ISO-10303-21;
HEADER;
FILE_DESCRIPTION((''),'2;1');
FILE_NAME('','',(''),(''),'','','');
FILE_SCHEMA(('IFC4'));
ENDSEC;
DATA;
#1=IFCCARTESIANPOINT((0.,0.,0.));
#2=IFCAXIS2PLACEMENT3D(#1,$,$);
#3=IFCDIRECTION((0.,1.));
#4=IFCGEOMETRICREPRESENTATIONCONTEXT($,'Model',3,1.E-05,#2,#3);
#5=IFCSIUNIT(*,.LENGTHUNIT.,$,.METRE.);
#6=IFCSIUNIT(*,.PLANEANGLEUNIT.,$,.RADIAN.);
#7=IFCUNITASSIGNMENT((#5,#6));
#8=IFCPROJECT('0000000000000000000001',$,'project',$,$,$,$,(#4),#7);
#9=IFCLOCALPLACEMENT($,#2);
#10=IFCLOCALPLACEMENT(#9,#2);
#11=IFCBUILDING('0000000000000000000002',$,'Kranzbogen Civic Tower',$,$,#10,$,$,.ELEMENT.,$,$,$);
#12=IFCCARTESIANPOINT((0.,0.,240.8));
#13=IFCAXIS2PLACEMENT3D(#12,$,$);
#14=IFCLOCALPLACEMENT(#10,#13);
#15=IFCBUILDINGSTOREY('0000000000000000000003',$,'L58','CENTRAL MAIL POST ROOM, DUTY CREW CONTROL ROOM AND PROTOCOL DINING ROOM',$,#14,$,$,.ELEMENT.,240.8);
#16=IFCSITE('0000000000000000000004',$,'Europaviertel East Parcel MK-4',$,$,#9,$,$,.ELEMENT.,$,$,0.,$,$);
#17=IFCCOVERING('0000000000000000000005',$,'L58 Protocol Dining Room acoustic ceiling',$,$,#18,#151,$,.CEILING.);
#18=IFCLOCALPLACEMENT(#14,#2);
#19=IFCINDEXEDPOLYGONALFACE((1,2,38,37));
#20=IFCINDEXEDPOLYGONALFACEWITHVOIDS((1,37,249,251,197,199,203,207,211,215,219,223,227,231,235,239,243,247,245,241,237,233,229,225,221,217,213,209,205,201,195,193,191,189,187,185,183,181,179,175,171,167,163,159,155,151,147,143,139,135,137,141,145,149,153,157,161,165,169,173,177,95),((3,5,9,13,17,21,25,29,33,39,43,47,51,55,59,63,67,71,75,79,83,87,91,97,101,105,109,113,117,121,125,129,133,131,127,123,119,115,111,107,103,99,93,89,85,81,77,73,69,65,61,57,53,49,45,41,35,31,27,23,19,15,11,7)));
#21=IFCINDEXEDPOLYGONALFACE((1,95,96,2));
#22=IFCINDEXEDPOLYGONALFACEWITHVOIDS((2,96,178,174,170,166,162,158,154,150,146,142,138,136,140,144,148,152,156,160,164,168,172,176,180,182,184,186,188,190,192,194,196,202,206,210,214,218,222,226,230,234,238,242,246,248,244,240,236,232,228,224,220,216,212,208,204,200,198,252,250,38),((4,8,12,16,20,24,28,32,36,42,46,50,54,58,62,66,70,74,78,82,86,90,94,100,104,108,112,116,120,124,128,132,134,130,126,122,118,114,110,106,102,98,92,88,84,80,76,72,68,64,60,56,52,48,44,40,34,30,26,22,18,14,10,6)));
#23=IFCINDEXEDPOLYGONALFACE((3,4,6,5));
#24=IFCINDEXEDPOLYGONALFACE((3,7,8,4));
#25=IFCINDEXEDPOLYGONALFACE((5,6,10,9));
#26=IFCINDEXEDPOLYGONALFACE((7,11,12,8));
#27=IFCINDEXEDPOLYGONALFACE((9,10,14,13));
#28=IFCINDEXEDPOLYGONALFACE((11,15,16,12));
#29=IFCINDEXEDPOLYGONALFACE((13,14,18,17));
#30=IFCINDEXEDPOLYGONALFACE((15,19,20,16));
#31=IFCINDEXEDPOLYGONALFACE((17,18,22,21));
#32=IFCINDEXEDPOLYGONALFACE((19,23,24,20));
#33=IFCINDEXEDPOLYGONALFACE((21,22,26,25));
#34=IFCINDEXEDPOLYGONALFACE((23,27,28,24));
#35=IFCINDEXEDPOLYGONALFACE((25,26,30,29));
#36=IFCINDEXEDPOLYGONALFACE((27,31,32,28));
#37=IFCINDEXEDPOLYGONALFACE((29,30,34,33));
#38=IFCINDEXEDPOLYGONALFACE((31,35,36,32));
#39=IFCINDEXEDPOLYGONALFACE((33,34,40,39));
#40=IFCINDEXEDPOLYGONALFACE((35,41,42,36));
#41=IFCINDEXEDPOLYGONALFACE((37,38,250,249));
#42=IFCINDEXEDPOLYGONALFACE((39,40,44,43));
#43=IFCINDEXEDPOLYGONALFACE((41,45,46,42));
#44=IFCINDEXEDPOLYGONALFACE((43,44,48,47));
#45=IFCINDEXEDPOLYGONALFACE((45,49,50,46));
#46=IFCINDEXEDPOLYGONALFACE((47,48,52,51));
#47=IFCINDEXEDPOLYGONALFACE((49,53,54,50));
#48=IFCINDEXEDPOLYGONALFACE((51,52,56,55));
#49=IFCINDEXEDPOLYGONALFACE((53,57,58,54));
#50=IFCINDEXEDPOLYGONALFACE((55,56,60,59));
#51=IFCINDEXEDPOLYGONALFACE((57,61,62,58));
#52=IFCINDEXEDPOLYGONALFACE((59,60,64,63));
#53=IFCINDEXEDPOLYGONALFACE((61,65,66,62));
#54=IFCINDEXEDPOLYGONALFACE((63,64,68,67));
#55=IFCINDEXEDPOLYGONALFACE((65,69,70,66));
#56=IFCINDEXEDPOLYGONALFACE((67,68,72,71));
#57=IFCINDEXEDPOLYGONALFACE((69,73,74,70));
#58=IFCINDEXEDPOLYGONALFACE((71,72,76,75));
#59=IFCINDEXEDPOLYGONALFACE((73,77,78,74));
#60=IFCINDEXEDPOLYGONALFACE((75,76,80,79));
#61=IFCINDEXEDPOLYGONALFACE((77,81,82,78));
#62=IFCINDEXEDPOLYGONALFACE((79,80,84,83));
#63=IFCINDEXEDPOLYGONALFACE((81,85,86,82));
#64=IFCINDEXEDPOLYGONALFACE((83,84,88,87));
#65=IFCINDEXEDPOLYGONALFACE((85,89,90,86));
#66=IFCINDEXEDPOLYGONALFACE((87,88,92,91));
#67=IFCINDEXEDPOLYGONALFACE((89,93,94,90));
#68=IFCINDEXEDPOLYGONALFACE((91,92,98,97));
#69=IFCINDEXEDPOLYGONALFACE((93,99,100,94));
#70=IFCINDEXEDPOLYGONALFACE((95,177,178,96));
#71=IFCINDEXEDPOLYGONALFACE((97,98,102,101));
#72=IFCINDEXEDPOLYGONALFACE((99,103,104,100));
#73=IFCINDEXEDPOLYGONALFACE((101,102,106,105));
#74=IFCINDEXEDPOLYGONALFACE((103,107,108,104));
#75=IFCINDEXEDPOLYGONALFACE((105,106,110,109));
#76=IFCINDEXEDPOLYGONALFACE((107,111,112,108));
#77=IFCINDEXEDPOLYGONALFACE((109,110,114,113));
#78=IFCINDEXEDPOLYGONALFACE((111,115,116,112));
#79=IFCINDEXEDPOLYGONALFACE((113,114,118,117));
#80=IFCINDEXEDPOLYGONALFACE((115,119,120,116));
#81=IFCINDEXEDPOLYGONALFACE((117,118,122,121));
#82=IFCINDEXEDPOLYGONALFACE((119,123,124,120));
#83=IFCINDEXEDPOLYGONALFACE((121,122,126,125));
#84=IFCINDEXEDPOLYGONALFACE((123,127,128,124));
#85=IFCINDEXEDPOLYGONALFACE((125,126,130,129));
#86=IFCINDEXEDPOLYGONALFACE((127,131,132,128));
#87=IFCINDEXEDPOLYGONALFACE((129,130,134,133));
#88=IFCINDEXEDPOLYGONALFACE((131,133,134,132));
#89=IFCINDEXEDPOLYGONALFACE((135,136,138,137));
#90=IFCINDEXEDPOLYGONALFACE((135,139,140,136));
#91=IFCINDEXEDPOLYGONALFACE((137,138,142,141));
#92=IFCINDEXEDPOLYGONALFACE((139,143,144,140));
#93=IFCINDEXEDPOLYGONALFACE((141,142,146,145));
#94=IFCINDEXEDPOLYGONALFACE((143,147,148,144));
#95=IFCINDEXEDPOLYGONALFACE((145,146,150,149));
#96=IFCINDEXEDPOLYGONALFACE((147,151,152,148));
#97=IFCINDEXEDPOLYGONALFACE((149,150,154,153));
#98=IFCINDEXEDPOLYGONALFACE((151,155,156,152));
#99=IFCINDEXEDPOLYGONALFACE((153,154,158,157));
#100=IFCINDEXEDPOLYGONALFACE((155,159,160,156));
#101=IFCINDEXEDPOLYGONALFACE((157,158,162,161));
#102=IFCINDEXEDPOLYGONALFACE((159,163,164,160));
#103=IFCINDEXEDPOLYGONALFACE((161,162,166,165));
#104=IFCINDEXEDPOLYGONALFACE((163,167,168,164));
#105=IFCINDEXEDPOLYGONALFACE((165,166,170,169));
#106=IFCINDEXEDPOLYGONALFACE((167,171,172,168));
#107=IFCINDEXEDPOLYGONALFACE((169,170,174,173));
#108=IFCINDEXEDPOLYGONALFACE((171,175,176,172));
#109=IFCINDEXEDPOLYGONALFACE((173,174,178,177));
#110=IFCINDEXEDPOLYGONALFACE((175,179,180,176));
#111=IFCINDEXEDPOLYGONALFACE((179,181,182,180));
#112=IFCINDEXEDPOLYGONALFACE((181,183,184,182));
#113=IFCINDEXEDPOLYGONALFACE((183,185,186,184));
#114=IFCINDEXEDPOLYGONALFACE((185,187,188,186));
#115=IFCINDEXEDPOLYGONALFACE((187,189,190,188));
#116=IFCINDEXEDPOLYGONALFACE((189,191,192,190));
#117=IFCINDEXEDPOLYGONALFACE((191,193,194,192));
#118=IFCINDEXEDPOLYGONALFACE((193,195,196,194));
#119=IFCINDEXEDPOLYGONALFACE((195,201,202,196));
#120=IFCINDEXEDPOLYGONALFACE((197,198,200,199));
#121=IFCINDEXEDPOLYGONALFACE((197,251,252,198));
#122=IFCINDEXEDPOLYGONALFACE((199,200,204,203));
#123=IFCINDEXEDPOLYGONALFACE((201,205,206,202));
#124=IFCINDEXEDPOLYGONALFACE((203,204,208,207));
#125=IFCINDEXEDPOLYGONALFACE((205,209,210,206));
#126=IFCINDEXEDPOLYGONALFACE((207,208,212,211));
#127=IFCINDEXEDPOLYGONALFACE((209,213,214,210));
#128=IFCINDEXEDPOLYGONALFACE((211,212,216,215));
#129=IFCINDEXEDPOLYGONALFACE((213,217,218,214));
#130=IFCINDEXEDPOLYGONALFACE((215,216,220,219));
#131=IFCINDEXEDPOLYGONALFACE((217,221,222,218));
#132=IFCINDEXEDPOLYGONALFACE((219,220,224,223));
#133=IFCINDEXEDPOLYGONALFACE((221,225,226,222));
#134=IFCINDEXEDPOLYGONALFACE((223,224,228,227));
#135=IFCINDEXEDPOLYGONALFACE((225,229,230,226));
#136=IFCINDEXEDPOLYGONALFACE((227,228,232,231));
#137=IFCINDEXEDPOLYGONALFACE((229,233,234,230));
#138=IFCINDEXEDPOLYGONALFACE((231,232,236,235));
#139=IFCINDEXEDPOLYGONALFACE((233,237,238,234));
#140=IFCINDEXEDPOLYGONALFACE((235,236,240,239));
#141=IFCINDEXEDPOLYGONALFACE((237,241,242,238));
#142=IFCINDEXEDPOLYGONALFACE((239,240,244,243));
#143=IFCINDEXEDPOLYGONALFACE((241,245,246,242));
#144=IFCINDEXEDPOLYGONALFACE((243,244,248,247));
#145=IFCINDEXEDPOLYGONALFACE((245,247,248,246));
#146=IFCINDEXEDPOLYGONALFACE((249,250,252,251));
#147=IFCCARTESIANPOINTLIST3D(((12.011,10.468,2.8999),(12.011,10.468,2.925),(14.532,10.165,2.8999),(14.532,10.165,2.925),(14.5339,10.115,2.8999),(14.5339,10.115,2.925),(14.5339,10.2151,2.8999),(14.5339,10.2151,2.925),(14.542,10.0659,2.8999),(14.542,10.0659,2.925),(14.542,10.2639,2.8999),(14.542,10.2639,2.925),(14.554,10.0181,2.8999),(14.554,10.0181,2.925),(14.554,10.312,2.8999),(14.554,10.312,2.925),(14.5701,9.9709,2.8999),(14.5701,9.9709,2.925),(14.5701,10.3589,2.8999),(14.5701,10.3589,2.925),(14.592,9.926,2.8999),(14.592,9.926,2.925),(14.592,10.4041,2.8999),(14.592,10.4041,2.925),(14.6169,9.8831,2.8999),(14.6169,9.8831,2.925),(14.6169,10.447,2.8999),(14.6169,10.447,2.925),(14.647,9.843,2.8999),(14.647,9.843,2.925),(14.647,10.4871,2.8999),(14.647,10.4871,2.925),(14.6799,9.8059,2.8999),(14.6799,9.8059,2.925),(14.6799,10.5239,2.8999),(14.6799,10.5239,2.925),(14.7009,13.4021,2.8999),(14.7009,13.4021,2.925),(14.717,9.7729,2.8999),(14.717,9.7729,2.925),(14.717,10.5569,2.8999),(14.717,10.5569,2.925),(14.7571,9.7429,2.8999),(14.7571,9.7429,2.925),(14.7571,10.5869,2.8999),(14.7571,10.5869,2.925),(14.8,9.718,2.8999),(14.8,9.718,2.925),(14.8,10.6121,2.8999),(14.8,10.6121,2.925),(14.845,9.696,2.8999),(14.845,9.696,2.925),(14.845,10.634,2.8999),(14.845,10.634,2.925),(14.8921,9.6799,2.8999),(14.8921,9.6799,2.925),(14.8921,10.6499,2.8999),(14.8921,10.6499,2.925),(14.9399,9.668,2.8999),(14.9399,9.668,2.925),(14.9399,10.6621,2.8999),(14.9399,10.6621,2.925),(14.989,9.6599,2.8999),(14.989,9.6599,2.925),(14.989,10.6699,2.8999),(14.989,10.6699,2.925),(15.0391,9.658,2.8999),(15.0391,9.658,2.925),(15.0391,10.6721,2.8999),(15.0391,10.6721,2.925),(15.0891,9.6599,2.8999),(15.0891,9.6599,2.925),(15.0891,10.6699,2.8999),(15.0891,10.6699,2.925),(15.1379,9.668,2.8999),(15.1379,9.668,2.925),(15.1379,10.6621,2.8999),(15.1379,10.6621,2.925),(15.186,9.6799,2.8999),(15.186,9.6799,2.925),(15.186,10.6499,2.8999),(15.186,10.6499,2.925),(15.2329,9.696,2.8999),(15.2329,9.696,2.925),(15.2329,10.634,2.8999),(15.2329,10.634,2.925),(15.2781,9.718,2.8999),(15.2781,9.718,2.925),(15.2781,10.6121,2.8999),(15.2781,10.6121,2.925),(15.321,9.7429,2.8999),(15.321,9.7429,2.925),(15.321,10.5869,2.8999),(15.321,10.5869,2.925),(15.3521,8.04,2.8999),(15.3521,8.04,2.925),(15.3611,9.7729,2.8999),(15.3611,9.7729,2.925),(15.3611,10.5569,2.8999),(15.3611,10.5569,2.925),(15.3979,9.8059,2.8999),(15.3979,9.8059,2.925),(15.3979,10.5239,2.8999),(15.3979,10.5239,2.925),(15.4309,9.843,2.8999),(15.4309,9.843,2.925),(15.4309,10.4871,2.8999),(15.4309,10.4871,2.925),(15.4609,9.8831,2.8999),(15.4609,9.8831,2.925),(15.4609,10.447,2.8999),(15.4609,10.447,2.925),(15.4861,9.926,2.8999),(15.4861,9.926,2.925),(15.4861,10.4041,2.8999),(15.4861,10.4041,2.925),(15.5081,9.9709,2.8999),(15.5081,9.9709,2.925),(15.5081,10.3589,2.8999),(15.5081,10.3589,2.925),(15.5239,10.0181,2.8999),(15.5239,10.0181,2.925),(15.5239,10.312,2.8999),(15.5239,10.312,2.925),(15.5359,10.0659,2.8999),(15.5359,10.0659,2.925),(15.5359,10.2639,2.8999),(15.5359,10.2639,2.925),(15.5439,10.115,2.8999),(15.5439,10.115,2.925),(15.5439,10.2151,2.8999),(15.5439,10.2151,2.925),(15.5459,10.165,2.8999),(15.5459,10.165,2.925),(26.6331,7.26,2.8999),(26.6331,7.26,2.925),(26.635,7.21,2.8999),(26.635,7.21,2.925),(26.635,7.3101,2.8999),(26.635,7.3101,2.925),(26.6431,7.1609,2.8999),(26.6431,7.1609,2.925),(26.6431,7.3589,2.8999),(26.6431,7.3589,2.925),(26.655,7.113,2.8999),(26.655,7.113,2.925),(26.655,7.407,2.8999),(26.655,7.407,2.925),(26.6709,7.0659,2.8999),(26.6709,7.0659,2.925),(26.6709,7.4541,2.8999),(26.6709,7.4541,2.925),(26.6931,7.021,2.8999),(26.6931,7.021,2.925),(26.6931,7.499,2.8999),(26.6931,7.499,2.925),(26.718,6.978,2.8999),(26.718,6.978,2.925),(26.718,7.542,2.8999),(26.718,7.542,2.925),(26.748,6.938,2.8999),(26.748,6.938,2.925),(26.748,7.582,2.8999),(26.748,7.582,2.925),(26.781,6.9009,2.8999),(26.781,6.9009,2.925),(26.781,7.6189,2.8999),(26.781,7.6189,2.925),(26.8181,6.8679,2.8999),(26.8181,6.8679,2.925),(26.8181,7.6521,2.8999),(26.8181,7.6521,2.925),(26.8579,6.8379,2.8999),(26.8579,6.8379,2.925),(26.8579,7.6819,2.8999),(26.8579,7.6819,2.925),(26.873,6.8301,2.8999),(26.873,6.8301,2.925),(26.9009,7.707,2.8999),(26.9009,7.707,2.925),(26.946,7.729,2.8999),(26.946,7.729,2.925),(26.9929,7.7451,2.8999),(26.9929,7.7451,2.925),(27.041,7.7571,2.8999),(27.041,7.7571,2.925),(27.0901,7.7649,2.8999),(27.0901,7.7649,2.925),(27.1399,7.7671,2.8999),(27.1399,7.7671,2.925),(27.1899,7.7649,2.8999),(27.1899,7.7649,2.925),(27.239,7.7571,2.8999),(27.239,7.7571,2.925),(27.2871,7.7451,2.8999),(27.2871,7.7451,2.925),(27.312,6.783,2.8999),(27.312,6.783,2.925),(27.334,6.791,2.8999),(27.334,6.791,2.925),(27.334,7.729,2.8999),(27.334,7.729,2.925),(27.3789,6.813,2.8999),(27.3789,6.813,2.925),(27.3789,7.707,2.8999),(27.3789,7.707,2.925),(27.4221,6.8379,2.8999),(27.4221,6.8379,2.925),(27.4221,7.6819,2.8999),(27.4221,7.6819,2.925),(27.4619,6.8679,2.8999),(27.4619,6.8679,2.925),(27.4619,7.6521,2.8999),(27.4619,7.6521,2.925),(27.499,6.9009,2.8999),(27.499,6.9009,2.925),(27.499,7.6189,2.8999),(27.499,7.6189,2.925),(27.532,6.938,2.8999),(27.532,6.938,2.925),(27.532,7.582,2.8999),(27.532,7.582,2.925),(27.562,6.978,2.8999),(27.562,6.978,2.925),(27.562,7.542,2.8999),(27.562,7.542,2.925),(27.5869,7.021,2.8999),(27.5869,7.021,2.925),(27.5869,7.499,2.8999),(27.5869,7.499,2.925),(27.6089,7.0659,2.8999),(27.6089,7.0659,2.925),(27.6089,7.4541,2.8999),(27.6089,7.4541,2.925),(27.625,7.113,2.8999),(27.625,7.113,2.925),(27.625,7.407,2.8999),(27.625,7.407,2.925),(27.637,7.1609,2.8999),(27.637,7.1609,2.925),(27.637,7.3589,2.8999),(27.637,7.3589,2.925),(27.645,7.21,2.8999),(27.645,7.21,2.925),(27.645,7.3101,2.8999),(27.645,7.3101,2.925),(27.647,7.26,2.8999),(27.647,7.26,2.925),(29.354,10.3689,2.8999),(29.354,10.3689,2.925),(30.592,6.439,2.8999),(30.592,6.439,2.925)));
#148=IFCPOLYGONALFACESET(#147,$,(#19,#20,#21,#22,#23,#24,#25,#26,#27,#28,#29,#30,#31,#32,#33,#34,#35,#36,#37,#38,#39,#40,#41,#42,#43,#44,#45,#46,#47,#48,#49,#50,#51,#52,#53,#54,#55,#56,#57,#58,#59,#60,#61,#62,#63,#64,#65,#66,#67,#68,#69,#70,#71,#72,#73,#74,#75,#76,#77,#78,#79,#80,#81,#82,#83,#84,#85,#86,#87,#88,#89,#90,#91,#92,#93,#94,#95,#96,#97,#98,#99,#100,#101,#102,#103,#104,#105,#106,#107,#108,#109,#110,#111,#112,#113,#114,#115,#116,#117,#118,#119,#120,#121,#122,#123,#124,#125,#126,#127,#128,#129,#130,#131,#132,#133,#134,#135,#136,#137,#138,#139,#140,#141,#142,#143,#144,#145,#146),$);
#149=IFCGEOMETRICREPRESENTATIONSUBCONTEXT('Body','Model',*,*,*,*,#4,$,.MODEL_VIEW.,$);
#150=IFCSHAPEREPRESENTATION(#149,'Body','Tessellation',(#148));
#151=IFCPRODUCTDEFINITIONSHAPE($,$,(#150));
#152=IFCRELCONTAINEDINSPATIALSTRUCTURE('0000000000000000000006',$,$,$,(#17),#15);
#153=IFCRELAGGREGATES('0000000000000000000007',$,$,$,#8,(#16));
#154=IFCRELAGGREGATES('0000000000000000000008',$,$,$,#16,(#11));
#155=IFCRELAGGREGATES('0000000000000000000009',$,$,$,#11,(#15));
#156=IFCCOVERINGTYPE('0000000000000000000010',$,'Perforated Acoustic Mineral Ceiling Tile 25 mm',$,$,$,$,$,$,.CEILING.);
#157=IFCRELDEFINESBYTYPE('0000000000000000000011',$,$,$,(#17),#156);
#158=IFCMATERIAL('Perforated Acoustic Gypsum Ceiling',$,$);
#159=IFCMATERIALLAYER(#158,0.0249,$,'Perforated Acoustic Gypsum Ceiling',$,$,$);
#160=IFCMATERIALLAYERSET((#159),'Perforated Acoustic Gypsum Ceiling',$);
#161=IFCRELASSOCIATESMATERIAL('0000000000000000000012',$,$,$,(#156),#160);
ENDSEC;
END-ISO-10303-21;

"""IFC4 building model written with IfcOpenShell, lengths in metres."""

from ifc_helpers import new_model, si_unit, direction, frame, origin, place, context, subcontext, project, spatial, polyline, outline, extrude, material, layer, layer_set, type_object, element, save


model = new_model("IFC4")

# Units and contexts
model_context = context("Model", 3, precision=1e-05, world=origin(), true_north=direction((0.0, 1.0)))
body_context = subcontext(model_context, "Body", "Model", "MODEL_VIEW")
ifc_project = project(units=[si_unit("LENGTHUNIT", "METRE"), si_unit("PLANEANGLEUNIT", "RADIAN")], contexts=[model_context])

# Site, building, storey
site_placement = place(None, origin())
site = spatial("IfcSite", under=ifc_project, at=site_placement, Name="Europaviertel East Parcel MK-4", CompositionType="ELEMENT", RefElevation=0.0)
building_placement = place(site_placement, origin())
building = spatial("IfcBuilding", under=site, at=building_placement, Name="Kranzbogen Civic Tower", CompositionType="ELEMENT")
storey_placement = place(building_placement, frame((0.0, 0.0, 240.8)))
storey = spatial("IfcBuildingStorey", under=building, at=storey_placement, Name="L58", Description="CENTRAL MAIL POST ROOM, DUTY CREW CONTROL ROOM AND PROTOCOL DINING ROOM", CompositionType="ELEMENT", Elevation=240.8)

# Covering
ifc_material_1 = material(Name="Perforated Acoustic Gypsum Ceiling")
ifc_layer_1 = layer(ifc_material_1, 0.0249, Name="Perforated Acoustic Gypsum Ceiling")
ifc_layer_set_1 = layer_set([ifc_layer_1], Name="Perforated Acoustic Gypsum Ceiling")
covering_type = type_object("IfcCoveringType", Name="Perforated Acoustic Mineral Ceiling Tile 25 mm", PredefinedType="CEILING", material=ifc_layer_set_1)
covering_1_placement = place(storey_placement, frame((0.0, 0.0, 2.8999)))
element("IfcCovering", 1, at=covering_1_placement, inside=storey, type_object=covering_type, Name="L58 Protocol Dining Room acoustic ceiling", PredefinedType="CEILING", context=body_context, shape_type="SweptSolid", body=[
    extrude(outline(polyline([(14.7009, 13.4021), (29.354, 10.3689), (30.592, 6.439), (27.312, 6.783), (27.334, 6.791), (27.3789, 6.813), (27.4221, 6.8379), (27.4619, 6.8679), (27.499, 6.9009), (27.532, 6.938), (27.562, 6.978), (27.5869, 7.021), (27.6089, 7.0659), (27.625, 7.113), (27.637, 7.1609), (27.645, 7.21), (27.647, 7.26), (27.645, 7.3101), (27.637, 7.3589), (27.625, 7.407), (27.6089, 7.4541), (27.5869, 7.499), (27.562, 7.542), (27.532, 7.582), (27.499, 7.6189), (27.4619, 7.6521), (27.4221, 7.6819), (27.3789, 7.707), (27.334, 7.729), (27.2871, 7.7451), (27.239, 7.7571), (27.1899, 7.7649), (27.1399, 7.7671), (27.0901, 7.7649), (27.041, 7.7571), (26.9929, 7.7451), (26.946, 7.729), (26.9009, 7.707), (26.8579, 7.6819), (26.8181, 7.6521), (26.781, 7.6189), (26.748, 7.582), (26.718, 7.542), (26.6931, 7.499), (26.6709, 7.4541), (26.655, 7.407), (26.6431, 7.3589), (26.635, 7.3101), (26.6331, 7.26), (26.635, 7.21), (26.6431, 7.1609), (26.655, 7.113), (26.6709, 7.0659), (26.6931, 7.021), (26.718, 6.978), (26.748, 6.938), (26.781, 6.9009), (26.8181, 6.8679), (26.8579, 6.8379), (26.873, 6.8301), (15.3521, 8.04), (12.011, 10.468), (14.7009, 13.4021)]), holes=[polyline([(15.5081, 9.9709), (15.4861, 9.926), (15.4609, 9.8831), (15.4309, 9.843), (15.3979, 9.8059), (15.3611, 9.7729), (15.321, 9.7429), (15.2781, 9.718), (15.2329, 9.696), (15.186, 9.6799), (15.1379, 9.668), (15.0891, 9.6599), (15.0391, 9.658), (14.989, 9.6599), (14.9399, 9.668), (14.8921, 9.6799), (14.845, 9.696), (14.8, 9.718), (14.7571, 9.7429), (14.717, 9.7729), (14.6799, 9.8059), (14.647, 9.843), (14.6169, 9.8831), (14.592, 9.926), (14.5701, 9.9709), (14.554, 10.0181), (14.542, 10.0659), (14.5339, 10.115), (14.532, 10.165), (14.5339, 10.2151), (14.542, 10.2639), (14.554, 10.312), (14.5701, 10.3589), (14.592, 10.4041), (14.6169, 10.447), (14.647, 10.4871), (14.6799, 10.5239), (14.717, 10.5569), (14.7571, 10.5869), (14.8, 10.6121), (14.845, 10.634), (14.8921, 10.6499), (14.9399, 10.6621), (14.989, 10.6699), (15.0391, 10.6721), (15.0891, 10.6699), (15.1379, 10.6621), (15.186, 10.6499), (15.2329, 10.634), (15.2781, 10.6121), (15.321, 10.5869), (15.3611, 10.5569), (15.3979, 10.5239), (15.4309, 10.4871), (15.4609, 10.447), (15.4861, 10.4041), (15.5081, 10.3589), (15.5239, 10.312), (15.5359, 10.2639), (15.5439, 10.2151), (15.5459, 10.165), (15.5439, 10.115), (15.5359, 10.0659), (15.5239, 10.0181), (15.5081, 9.9709)])]), origin(), (0.0, 0.0, 1.0), 0.0251),
])

save(model, "model.ifc")
